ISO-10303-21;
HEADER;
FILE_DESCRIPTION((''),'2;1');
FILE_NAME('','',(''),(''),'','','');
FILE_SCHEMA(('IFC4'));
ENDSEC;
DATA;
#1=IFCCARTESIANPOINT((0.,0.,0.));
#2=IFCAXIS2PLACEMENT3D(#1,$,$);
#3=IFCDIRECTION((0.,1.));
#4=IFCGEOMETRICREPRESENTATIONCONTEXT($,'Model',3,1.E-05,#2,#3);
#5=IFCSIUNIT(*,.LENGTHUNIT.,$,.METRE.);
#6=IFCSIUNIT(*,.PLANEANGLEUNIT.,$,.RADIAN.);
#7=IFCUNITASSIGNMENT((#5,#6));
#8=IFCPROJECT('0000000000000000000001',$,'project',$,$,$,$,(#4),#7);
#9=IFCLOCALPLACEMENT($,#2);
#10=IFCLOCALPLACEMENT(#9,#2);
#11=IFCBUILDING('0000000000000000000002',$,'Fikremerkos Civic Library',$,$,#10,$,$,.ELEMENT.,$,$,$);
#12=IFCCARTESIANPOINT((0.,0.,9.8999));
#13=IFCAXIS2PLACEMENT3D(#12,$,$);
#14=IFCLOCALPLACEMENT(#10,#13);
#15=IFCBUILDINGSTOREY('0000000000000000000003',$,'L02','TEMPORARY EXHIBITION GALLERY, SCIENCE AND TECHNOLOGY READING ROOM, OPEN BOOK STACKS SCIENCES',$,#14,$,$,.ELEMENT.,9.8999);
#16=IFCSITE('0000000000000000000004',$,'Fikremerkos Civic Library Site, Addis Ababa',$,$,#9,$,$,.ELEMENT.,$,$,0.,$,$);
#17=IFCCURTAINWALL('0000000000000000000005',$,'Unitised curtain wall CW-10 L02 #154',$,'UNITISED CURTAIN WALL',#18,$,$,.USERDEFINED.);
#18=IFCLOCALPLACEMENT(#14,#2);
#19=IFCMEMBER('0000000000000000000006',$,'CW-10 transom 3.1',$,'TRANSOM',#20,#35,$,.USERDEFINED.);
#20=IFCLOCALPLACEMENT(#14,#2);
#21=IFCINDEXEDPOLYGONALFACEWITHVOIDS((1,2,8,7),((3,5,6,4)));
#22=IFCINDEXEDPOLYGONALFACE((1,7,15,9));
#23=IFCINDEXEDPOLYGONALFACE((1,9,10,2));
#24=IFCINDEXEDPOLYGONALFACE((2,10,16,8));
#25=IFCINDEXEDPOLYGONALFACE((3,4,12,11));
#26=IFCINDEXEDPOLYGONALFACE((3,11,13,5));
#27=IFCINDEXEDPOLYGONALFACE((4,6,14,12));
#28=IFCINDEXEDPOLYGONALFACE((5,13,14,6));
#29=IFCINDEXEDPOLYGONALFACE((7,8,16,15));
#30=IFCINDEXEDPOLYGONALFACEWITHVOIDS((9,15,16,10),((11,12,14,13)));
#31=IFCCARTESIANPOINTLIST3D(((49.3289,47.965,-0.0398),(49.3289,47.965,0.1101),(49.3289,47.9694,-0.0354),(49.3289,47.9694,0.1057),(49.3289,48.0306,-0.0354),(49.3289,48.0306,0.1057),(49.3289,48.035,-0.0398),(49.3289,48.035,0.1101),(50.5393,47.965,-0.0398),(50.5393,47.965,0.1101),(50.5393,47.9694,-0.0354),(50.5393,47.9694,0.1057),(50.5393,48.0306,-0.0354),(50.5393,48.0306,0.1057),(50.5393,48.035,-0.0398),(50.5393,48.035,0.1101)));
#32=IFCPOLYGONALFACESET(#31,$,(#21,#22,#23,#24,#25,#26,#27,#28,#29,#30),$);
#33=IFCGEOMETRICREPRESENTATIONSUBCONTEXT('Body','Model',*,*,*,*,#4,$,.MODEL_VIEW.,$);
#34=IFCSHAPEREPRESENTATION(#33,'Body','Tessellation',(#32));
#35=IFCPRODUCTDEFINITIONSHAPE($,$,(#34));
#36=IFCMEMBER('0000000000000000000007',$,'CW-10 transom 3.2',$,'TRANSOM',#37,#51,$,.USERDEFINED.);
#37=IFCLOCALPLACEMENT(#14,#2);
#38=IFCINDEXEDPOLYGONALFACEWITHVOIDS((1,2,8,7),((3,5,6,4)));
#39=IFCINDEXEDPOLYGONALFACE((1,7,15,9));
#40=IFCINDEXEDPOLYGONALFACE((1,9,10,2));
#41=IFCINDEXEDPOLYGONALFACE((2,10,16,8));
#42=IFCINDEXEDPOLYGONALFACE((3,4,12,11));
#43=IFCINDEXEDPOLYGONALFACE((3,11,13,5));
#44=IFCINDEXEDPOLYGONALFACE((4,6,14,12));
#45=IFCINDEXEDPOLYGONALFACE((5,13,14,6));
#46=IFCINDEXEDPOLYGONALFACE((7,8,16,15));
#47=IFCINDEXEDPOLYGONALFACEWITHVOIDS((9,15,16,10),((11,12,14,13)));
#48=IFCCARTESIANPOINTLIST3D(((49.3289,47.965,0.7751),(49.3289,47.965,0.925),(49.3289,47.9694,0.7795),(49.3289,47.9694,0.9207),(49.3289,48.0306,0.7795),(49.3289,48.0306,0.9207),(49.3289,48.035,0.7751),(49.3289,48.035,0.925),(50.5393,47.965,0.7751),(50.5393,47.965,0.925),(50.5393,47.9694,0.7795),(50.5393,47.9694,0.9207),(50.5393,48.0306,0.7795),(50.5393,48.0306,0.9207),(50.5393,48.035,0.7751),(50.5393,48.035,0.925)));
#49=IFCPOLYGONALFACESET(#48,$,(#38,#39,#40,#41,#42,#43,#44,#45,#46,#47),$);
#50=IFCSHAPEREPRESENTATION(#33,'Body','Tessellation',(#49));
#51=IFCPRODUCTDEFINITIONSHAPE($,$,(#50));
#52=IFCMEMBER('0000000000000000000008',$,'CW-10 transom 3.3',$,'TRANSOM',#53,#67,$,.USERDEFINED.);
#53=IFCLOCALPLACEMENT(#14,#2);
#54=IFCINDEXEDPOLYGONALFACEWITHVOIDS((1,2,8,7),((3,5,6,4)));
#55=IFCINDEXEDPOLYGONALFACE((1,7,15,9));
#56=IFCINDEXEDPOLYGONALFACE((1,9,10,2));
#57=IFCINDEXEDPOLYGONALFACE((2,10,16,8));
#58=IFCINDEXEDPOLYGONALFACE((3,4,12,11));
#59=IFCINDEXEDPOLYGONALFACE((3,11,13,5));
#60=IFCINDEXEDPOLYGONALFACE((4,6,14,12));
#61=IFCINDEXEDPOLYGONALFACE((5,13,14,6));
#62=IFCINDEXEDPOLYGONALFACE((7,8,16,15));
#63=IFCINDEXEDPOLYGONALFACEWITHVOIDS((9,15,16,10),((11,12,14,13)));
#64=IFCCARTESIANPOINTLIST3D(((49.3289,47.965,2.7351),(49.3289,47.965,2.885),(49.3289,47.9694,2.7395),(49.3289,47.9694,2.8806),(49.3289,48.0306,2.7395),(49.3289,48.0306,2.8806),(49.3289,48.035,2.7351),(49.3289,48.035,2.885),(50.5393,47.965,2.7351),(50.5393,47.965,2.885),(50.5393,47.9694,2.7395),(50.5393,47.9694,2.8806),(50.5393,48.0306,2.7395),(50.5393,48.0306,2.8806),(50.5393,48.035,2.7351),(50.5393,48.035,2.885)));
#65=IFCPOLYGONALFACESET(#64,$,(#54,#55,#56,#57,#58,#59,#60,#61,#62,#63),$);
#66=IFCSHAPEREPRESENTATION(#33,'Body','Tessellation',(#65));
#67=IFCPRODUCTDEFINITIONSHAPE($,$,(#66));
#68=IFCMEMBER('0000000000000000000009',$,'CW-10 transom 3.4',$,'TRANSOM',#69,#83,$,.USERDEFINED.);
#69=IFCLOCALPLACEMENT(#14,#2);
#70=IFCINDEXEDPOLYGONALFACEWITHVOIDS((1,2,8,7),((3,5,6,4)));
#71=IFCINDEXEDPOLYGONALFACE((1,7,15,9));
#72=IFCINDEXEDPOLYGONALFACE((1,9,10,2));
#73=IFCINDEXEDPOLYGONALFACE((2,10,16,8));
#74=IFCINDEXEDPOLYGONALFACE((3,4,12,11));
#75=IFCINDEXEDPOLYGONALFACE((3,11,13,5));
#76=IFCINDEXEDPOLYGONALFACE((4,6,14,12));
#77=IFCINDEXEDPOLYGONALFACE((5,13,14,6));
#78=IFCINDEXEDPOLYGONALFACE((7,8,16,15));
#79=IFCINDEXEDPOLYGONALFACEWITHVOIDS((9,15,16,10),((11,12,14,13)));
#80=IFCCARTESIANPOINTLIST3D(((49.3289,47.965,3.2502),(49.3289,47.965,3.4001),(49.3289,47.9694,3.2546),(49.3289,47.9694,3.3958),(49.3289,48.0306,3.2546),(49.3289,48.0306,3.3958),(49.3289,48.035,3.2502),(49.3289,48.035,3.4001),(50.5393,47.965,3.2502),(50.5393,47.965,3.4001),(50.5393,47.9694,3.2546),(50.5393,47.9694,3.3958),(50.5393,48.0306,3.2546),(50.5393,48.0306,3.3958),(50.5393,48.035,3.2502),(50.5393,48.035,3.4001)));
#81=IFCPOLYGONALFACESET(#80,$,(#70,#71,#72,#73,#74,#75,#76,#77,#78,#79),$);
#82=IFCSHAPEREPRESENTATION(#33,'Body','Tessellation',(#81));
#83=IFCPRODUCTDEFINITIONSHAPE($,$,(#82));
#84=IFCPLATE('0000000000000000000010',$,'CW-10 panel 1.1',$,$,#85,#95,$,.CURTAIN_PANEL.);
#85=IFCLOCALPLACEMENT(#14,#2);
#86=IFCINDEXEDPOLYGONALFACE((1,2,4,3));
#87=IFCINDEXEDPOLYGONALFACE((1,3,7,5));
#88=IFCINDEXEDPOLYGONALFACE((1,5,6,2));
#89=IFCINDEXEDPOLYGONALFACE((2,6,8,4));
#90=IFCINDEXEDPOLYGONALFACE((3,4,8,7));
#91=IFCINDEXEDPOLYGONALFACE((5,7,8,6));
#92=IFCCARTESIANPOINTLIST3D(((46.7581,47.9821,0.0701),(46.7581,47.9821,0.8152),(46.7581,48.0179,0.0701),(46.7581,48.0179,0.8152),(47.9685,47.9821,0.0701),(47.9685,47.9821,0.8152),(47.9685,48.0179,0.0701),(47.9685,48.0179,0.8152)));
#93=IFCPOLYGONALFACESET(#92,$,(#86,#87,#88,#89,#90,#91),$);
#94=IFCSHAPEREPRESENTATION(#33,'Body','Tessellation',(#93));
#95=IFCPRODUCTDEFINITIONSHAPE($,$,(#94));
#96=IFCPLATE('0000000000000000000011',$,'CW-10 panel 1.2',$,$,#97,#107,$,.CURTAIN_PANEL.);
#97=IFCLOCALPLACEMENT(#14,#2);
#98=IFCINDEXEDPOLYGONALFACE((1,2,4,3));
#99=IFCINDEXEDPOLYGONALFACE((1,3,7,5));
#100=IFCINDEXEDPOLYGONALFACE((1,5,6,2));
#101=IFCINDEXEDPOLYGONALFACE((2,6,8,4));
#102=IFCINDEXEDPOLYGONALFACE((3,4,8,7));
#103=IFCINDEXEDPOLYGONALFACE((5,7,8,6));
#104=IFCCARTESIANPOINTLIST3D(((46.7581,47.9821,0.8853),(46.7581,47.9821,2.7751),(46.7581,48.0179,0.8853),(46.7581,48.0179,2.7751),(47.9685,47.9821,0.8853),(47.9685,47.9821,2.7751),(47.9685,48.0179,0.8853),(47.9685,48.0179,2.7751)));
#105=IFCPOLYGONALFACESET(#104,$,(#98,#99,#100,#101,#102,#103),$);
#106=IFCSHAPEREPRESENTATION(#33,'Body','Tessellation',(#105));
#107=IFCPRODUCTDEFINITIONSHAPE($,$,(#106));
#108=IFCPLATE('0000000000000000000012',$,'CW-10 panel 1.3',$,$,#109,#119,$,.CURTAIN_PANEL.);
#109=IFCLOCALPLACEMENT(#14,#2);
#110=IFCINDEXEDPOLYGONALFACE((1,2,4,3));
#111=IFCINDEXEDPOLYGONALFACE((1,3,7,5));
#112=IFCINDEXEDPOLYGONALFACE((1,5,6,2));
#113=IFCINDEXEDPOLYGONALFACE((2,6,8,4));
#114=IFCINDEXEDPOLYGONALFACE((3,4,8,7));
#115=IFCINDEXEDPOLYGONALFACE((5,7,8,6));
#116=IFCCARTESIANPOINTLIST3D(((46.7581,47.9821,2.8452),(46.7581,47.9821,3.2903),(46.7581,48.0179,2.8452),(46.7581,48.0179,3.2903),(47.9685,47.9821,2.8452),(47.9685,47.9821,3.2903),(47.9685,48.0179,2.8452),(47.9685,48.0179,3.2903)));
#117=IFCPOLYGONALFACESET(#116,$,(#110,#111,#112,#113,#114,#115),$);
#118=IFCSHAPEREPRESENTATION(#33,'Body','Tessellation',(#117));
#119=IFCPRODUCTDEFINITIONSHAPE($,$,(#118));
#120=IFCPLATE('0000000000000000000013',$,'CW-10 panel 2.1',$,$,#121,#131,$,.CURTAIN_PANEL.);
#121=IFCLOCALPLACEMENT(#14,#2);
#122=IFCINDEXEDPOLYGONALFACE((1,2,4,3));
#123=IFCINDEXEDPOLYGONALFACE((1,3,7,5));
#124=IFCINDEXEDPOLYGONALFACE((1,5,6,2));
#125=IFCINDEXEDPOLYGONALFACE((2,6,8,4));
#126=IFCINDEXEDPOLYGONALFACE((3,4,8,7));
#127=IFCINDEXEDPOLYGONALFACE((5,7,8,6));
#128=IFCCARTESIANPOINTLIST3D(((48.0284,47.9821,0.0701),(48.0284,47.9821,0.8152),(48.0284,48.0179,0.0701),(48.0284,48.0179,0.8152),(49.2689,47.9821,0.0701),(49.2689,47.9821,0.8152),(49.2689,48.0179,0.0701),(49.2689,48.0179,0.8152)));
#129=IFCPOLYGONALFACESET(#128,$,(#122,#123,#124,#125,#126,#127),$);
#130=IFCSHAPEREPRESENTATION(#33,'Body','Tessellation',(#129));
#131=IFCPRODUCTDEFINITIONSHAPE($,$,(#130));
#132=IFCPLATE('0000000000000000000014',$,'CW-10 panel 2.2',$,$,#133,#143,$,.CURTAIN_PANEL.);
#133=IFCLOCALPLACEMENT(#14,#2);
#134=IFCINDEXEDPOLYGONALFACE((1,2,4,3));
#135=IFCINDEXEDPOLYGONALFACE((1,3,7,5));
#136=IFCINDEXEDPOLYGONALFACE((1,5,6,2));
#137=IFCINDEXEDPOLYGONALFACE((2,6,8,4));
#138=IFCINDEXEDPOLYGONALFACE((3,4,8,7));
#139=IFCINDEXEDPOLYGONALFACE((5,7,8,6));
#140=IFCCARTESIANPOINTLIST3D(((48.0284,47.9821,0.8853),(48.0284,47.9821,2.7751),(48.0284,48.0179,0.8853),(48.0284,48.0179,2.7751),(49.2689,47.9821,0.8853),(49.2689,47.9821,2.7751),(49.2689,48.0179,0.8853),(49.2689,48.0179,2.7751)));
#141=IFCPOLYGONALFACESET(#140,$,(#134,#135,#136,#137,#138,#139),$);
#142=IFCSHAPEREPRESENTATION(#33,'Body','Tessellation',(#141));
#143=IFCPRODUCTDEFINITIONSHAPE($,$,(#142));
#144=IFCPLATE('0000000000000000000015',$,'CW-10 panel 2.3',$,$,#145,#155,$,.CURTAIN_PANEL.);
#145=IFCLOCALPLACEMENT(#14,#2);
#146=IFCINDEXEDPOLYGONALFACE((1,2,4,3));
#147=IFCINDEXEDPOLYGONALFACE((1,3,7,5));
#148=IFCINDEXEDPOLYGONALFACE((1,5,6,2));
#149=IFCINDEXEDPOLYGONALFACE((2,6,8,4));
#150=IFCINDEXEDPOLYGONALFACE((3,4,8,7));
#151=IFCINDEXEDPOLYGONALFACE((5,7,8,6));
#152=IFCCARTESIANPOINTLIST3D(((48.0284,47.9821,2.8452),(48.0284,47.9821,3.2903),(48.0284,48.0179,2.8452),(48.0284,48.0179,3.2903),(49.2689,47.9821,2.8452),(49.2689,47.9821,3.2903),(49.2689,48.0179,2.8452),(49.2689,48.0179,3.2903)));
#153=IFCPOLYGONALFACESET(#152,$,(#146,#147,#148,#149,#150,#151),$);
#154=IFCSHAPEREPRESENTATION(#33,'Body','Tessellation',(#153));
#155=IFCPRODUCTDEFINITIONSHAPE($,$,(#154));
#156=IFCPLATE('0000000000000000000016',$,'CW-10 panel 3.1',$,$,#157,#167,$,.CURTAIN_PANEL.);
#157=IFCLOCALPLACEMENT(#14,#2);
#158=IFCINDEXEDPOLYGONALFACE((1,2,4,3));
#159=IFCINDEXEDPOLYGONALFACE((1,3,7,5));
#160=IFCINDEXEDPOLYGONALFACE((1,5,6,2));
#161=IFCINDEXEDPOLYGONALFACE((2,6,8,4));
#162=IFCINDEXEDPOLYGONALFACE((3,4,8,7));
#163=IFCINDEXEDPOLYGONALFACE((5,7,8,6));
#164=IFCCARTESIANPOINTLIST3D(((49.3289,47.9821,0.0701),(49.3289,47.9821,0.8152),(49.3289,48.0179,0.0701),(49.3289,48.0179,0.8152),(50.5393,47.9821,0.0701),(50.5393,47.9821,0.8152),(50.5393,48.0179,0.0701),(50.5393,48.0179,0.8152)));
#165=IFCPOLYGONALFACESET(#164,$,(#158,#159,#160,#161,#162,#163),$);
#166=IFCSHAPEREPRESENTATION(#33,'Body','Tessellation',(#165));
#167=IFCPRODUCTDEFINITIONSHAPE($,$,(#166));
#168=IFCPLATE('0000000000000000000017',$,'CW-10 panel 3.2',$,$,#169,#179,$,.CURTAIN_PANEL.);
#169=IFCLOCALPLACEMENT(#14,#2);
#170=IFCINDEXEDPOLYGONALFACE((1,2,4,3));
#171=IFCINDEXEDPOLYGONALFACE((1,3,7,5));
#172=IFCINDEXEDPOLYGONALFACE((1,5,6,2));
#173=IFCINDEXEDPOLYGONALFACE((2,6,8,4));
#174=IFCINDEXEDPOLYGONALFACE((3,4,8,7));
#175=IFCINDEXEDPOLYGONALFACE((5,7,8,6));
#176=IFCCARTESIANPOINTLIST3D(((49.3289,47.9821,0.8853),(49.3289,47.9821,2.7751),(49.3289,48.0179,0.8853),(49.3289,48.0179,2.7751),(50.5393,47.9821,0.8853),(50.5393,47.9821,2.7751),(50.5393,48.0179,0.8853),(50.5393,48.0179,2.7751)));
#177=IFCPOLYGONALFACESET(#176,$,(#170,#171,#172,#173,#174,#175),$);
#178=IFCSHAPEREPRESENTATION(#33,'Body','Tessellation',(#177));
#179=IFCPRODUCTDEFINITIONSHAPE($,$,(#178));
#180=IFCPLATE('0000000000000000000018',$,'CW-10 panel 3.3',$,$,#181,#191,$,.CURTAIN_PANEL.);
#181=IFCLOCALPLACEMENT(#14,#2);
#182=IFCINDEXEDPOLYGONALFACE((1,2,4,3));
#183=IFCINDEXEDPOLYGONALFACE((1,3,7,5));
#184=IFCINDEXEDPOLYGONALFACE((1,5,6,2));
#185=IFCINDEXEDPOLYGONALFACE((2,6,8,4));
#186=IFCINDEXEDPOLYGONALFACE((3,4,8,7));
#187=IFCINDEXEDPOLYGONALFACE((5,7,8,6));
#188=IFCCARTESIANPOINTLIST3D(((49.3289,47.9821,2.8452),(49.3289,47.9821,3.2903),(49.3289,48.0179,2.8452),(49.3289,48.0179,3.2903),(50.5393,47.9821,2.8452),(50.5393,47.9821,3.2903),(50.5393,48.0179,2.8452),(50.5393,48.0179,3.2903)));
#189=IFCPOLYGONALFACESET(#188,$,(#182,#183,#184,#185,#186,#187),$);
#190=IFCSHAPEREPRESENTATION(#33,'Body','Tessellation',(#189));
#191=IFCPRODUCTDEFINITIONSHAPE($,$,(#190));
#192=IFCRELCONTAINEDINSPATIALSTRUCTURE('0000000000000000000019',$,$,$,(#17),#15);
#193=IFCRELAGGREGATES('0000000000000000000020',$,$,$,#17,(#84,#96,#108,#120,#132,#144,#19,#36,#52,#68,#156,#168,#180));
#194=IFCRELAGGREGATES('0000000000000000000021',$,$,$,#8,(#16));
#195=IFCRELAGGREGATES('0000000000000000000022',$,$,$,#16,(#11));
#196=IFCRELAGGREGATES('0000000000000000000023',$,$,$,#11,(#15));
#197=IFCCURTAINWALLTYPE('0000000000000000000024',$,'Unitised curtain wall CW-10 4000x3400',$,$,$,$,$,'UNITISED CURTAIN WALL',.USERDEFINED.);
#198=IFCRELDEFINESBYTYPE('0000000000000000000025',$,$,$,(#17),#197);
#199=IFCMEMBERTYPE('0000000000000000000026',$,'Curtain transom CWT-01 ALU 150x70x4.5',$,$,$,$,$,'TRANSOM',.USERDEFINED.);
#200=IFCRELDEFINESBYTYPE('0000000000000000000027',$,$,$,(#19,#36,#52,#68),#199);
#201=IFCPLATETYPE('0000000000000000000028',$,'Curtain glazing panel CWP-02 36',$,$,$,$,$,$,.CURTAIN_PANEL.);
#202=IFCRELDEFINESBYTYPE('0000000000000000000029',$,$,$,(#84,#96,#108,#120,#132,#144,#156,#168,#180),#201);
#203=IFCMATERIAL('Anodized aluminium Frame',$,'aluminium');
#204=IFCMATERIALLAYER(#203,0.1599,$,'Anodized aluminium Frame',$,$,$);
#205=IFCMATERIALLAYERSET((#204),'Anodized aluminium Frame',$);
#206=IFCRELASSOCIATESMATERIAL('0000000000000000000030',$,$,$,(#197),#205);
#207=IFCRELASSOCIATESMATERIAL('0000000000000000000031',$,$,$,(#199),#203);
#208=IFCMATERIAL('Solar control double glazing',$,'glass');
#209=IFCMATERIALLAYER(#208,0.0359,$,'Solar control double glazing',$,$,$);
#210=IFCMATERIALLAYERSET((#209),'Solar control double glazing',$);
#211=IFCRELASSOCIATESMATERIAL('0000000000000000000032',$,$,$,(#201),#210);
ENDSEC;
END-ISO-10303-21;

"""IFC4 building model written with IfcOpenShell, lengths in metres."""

from ifc_helpers import new_model, si_unit, direction, frame, origin, origin_2d, place, context, subcontext, project, spatial, rectangle, hollow_rectangle, extrude, material, layer, layer_set, material_profile, profile_set, type_object, element, aggregate, save


model = new_model("IFC4")

# Units and contexts
model_context = context("Model", 3, precision=1e-05, world=origin(), true_north=direction((0.0, 1.0)))
body_context = subcontext(model_context, "Body", "Model", "MODEL_VIEW")
ifc_project = project(units=[si_unit("LENGTHUNIT", "METRE"), si_unit("PLANEANGLEUNIT", "RADIAN")], contexts=[model_context])

# Site, building, storey
site_placement = place(None, origin())
site = spatial("IfcSite", under=ifc_project, at=site_placement, Name="Fikremerkos Civic Library Site, Addis Ababa", CompositionType="ELEMENT", RefElevation=0.0)
building_placement = place(site_placement, origin())
building = spatial("IfcBuilding", under=site, at=building_placement, Name="Fikremerkos Civic Library", CompositionType="ELEMENT")
storey_placement = place(building_placement, frame((0.0, 0.0, 9.8999)))
storey = spatial("IfcBuildingStorey", under=building, at=storey_placement, Name="L02", Description="TEMPORARY EXHIBITION GALLERY, SCIENCE AND TECHNOLOGY READING ROOM, OPEN BOOK STACKS SCIENCES", CompositionType="ELEMENT", Elevation=9.8999)

# Curtain wall, members, plates
ifc_material_1 = material(Name="Anodized aluminium Frame", Category="aluminium")
ifc_layer_1 = layer(ifc_material_1, 0.1599, Name="Anodized aluminium Frame")
ifc_layer_set_1 = layer_set([ifc_layer_1], Name="Anodized aluminium Frame")
curtain_wall_type = type_object("IfcCurtainWallType", Name="Unitised curtain wall CW-10 4000x3400", ElementType="UNITISED CURTAIN WALL", PredefinedType="USERDEFINED", material=ifc_layer_set_1)
curtain_wall_placement = place(storey_placement, origin())
curtain_wall = element("IfcCurtainWall", 1, at=curtain_wall_placement, inside=storey, type_object=curtain_wall_type, Name="Unitised curtain wall CW-10 L02 #154", ObjectType="UNITISED CURTAIN WALL", PredefinedType="USERDEFINED")
ifc_material_profile_1 = material_profile(ifc_material_1, hollow_rectangle(XDim=0.0701, YDim=0.1499, WallThickness=0.0044, at=origin_2d()), Name="ALU 150x70x4.5")
ifc_profile_set_1 = profile_set([ifc_material_profile_1], Name="Anodized aluminium Frame")
member_type_1 = type_object("IfcMemberType", Name="Curtain transom CWT-01 ALU 150x70x4.5", ElementType="TRANSOM", PredefinedType="USERDEFINED", material=ifc_profile_set_1)
member_1_placement = place(storey_placement, frame((49.3289, 48.0, 0.0352), z_axis=(1.0, 0.0, 0.0), x_axis=(0.0, 1.0, 0.0)))
member_1 = element("IfcMember", 2, at=member_1_placement, type_object=member_type_1, Name="CW-10 transom 3.1", ObjectType="TRANSOM", PredefinedType="USERDEFINED", context=body_context, shape_type="SweptSolid", body=[
    extrude(hollow_rectangle(XDim=0.0701, YDim=0.1499, WallThickness=0.0044, at=origin_2d()), origin(), (0.0, 0.0, 1.0), 1.2104),
])
member_2_placement = place(storey_placement, frame((49.3289, 48.0, 0.8501), z_axis=(1.0, 0.0, 0.0), x_axis=(0.0, 1.0, 0.0)))
member_2 = element("IfcMember", 3, at=member_2_placement, type_object=member_type_1, Name="CW-10 transom 3.2", ObjectType="TRANSOM", PredefinedType="USERDEFINED", context=body_context, shape_type="SweptSolid", body=[
    extrude(hollow_rectangle(XDim=0.0701, YDim=0.1499, WallThickness=0.0044, at=origin_2d()), origin(), (0.0, 0.0, 1.0), 1.2104),
])
member_3_placement = place(storey_placement, frame((49.3289, 48.0, 2.8101), z_axis=(1.0, 0.0, 0.0), x_axis=(0.0, 1.0, 0.0)))
member_3 = element("IfcMember", 4, at=member_3_placement, type_object=member_type_1, Name="CW-10 transom 3.3", ObjectType="TRANSOM", PredefinedType="USERDEFINED", context=body_context, shape_type="SweptSolid", body=[
    extrude(hollow_rectangle(XDim=0.0701, YDim=0.1499, WallThickness=0.0044, at=origin_2d()), origin(), (0.0, 0.0, 1.0), 1.2104),
])
member_4_placement = place(storey_placement, frame((49.3289, 48.0, 3.3252), z_axis=(1.0, 0.0, 0.0), x_axis=(0.0, 1.0, 0.0)))
member_4 = element("IfcMember", 5, at=member_4_placement, type_object=member_type_1, Name="CW-10 transom 3.4", ObjectType="TRANSOM", PredefinedType="USERDEFINED", context=body_context, shape_type="SweptSolid", body=[
    extrude(hollow_rectangle(XDim=0.0701, YDim=0.1499, WallThickness=0.0044, at=origin_2d()), origin(), (0.0, 0.0, 1.0), 1.2104),
])
ifc_material_2 = material(Name="Solar control double glazing", Category="glass")
ifc_layer_2 = layer(ifc_material_2, 0.0359, Name="Solar control double glazing")
ifc_layer_set_2 = layer_set([ifc_layer_2], Name="Solar control double glazing")
plate_type = type_object("IfcPlateType", Name="Curtain glazing panel CWP-02 36", PredefinedType="CURTAIN_PANEL", material=ifc_layer_set_2)
plate_1_placement = place(storey_placement, frame((47.3633, 48.0, 0.0701), z_axis=(0.0, 0.0, 1.0), x_axis=(1.0, 0.0, 0.0)))
plate_1 = element("IfcPlate", 6, at=plate_1_placement, type_object=plate_type, Name="CW-10 panel 1.1", PredefinedType="CURTAIN_PANEL", context=body_context, shape_type="SweptSolid", body=[
    extrude(rectangle(XDim=1.2104, YDim=0.0359, at=origin_2d()), origin(), (0.0, 0.0, 1.0), 0.7451),
])
plate_2_placement = place(storey_placement, frame((47.3633, 48.0, 0.8853), z_axis=(0.0, 0.0, 1.0), x_axis=(1.0, 0.0, 0.0)))
plate_2 = element("IfcPlate", 7, at=plate_2_placement, type_object=plate_type, Name="CW-10 panel 1.2", PredefinedType="CURTAIN_PANEL", context=body_context, shape_type="SweptSolid", body=[
    extrude(rectangle(XDim=1.2104, YDim=0.0359, at=origin_2d()), origin(), (0.0, 0.0, 1.0), 1.8899),
])
plate_3_placement = place(storey_placement, frame((47.3633, 48.0, 2.8452), z_axis=(0.0, 0.0, 1.0), x_axis=(1.0, 0.0, 0.0)))
plate_3 = element("IfcPlate", 8, at=plate_3_placement, type_object=plate_type, Name="CW-10 panel 1.3", PredefinedType="CURTAIN_PANEL", context=body_context, shape_type="SweptSolid", body=[
    extrude(rectangle(XDim=1.2104, YDim=0.0359, at=origin_2d()), origin(), (0.0, 0.0, 1.0), 0.4451),
])
plate_4_placement = place(storey_placement, frame((48.6487, 48.0, 0.0701), z_axis=(0.0, 0.0, 1.0), x_axis=(1.0, 0.0, 0.0)))
plate_4 = element("IfcPlate", 9, at=plate_4_placement, type_object=plate_type, Name="CW-10 panel 2.1", PredefinedType="CURTAIN_PANEL", context=body_context, shape_type="SweptSolid", body=[
    extrude(rectangle(XDim=1.2405, YDim=0.0359, at=origin_2d()), origin(), (0.0, 0.0, 1.0), 0.7451),
])
plate_5_placement = place(storey_placement, frame((48.6487, 48.0, 0.8853), z_axis=(0.0, 0.0, 1.0), x_axis=(1.0, 0.0, 0.0)))
plate_5 = element("IfcPlate", 10, at=plate_5_placement, type_object=plate_type, Name="CW-10 panel 2.2", PredefinedType="CURTAIN_PANEL", context=body_context, shape_type="SweptSolid", body=[
    extrude(rectangle(XDim=1.2405, YDim=0.0359, at=origin_2d()), origin(), (0.0, 0.0, 1.0), 1.8899),
])
plate_6_placement = place(storey_placement, frame((48.6487, 48.0, 2.8452), z_axis=(0.0, 0.0, 1.0), x_axis=(1.0, 0.0, 0.0)))
plate_6 = element("IfcPlate", 11, at=plate_6_placement, type_object=plate_type, Name="CW-10 panel 2.3", PredefinedType="CURTAIN_PANEL", context=body_context, shape_type="SweptSolid", body=[
    extrude(rectangle(XDim=1.2405, YDim=0.0359, at=origin_2d()), origin(), (0.0, 0.0, 1.0), 0.4451),
])
plate_7_placement = place(storey_placement, frame((49.9341, 48.0, 0.0701), z_axis=(0.0, 0.0, 1.0), x_axis=(1.0, 0.0, 0.0)))
plate_7 = element("IfcPlate", 12, at=plate_7_placement, type_object=plate_type, Name="CW-10 panel 3.1", PredefinedType="CURTAIN_PANEL", context=body_context, shape_type="SweptSolid", body=[
    extrude(rectangle(XDim=1.2104, YDim=0.0359, at=origin_2d()), origin(), (0.0, 0.0, 1.0), 0.7451),
])
plate_8_placement = place(storey_placement, frame((49.9341, 48.0, 0.8853), z_axis=(0.0, 0.0, 1.0), x_axis=(1.0, 0.0, 0.0)))
plate_8 = element("IfcPlate", 13, at=plate_8_placement, type_object=plate_type, Name="CW-10 panel 3.2", PredefinedType="CURTAIN_PANEL", context=body_context, shape_type="SweptSolid", body=[
    extrude(rectangle(XDim=1.2104, YDim=0.0359, at=origin_2d()), origin(), (0.0, 0.0, 1.0), 1.8899),
])
plate_9_placement = place(storey_placement, frame((49.9341, 48.0, 2.8452), z_axis=(0.0, 0.0, 1.0), x_axis=(1.0, 0.0, 0.0)))
plate_9 = element("IfcPlate", 14, at=plate_9_placement, type_object=plate_type, Name="CW-10 panel 3.3", PredefinedType="CURTAIN_PANEL", context=body_context, shape_type="SweptSolid", body=[
    extrude(rectangle(XDim=1.2104, YDim=0.0359, at=origin_2d()), origin(), (0.0, 0.0, 1.0), 0.4451),
])
aggregate(curtain_wall, [plate_1, plate_2, plate_3, plate_4, plate_5, plate_6, member_1, member_2, member_3, member_4, plate_7, plate_8, plate_9])

save(model, "model.ifc")
